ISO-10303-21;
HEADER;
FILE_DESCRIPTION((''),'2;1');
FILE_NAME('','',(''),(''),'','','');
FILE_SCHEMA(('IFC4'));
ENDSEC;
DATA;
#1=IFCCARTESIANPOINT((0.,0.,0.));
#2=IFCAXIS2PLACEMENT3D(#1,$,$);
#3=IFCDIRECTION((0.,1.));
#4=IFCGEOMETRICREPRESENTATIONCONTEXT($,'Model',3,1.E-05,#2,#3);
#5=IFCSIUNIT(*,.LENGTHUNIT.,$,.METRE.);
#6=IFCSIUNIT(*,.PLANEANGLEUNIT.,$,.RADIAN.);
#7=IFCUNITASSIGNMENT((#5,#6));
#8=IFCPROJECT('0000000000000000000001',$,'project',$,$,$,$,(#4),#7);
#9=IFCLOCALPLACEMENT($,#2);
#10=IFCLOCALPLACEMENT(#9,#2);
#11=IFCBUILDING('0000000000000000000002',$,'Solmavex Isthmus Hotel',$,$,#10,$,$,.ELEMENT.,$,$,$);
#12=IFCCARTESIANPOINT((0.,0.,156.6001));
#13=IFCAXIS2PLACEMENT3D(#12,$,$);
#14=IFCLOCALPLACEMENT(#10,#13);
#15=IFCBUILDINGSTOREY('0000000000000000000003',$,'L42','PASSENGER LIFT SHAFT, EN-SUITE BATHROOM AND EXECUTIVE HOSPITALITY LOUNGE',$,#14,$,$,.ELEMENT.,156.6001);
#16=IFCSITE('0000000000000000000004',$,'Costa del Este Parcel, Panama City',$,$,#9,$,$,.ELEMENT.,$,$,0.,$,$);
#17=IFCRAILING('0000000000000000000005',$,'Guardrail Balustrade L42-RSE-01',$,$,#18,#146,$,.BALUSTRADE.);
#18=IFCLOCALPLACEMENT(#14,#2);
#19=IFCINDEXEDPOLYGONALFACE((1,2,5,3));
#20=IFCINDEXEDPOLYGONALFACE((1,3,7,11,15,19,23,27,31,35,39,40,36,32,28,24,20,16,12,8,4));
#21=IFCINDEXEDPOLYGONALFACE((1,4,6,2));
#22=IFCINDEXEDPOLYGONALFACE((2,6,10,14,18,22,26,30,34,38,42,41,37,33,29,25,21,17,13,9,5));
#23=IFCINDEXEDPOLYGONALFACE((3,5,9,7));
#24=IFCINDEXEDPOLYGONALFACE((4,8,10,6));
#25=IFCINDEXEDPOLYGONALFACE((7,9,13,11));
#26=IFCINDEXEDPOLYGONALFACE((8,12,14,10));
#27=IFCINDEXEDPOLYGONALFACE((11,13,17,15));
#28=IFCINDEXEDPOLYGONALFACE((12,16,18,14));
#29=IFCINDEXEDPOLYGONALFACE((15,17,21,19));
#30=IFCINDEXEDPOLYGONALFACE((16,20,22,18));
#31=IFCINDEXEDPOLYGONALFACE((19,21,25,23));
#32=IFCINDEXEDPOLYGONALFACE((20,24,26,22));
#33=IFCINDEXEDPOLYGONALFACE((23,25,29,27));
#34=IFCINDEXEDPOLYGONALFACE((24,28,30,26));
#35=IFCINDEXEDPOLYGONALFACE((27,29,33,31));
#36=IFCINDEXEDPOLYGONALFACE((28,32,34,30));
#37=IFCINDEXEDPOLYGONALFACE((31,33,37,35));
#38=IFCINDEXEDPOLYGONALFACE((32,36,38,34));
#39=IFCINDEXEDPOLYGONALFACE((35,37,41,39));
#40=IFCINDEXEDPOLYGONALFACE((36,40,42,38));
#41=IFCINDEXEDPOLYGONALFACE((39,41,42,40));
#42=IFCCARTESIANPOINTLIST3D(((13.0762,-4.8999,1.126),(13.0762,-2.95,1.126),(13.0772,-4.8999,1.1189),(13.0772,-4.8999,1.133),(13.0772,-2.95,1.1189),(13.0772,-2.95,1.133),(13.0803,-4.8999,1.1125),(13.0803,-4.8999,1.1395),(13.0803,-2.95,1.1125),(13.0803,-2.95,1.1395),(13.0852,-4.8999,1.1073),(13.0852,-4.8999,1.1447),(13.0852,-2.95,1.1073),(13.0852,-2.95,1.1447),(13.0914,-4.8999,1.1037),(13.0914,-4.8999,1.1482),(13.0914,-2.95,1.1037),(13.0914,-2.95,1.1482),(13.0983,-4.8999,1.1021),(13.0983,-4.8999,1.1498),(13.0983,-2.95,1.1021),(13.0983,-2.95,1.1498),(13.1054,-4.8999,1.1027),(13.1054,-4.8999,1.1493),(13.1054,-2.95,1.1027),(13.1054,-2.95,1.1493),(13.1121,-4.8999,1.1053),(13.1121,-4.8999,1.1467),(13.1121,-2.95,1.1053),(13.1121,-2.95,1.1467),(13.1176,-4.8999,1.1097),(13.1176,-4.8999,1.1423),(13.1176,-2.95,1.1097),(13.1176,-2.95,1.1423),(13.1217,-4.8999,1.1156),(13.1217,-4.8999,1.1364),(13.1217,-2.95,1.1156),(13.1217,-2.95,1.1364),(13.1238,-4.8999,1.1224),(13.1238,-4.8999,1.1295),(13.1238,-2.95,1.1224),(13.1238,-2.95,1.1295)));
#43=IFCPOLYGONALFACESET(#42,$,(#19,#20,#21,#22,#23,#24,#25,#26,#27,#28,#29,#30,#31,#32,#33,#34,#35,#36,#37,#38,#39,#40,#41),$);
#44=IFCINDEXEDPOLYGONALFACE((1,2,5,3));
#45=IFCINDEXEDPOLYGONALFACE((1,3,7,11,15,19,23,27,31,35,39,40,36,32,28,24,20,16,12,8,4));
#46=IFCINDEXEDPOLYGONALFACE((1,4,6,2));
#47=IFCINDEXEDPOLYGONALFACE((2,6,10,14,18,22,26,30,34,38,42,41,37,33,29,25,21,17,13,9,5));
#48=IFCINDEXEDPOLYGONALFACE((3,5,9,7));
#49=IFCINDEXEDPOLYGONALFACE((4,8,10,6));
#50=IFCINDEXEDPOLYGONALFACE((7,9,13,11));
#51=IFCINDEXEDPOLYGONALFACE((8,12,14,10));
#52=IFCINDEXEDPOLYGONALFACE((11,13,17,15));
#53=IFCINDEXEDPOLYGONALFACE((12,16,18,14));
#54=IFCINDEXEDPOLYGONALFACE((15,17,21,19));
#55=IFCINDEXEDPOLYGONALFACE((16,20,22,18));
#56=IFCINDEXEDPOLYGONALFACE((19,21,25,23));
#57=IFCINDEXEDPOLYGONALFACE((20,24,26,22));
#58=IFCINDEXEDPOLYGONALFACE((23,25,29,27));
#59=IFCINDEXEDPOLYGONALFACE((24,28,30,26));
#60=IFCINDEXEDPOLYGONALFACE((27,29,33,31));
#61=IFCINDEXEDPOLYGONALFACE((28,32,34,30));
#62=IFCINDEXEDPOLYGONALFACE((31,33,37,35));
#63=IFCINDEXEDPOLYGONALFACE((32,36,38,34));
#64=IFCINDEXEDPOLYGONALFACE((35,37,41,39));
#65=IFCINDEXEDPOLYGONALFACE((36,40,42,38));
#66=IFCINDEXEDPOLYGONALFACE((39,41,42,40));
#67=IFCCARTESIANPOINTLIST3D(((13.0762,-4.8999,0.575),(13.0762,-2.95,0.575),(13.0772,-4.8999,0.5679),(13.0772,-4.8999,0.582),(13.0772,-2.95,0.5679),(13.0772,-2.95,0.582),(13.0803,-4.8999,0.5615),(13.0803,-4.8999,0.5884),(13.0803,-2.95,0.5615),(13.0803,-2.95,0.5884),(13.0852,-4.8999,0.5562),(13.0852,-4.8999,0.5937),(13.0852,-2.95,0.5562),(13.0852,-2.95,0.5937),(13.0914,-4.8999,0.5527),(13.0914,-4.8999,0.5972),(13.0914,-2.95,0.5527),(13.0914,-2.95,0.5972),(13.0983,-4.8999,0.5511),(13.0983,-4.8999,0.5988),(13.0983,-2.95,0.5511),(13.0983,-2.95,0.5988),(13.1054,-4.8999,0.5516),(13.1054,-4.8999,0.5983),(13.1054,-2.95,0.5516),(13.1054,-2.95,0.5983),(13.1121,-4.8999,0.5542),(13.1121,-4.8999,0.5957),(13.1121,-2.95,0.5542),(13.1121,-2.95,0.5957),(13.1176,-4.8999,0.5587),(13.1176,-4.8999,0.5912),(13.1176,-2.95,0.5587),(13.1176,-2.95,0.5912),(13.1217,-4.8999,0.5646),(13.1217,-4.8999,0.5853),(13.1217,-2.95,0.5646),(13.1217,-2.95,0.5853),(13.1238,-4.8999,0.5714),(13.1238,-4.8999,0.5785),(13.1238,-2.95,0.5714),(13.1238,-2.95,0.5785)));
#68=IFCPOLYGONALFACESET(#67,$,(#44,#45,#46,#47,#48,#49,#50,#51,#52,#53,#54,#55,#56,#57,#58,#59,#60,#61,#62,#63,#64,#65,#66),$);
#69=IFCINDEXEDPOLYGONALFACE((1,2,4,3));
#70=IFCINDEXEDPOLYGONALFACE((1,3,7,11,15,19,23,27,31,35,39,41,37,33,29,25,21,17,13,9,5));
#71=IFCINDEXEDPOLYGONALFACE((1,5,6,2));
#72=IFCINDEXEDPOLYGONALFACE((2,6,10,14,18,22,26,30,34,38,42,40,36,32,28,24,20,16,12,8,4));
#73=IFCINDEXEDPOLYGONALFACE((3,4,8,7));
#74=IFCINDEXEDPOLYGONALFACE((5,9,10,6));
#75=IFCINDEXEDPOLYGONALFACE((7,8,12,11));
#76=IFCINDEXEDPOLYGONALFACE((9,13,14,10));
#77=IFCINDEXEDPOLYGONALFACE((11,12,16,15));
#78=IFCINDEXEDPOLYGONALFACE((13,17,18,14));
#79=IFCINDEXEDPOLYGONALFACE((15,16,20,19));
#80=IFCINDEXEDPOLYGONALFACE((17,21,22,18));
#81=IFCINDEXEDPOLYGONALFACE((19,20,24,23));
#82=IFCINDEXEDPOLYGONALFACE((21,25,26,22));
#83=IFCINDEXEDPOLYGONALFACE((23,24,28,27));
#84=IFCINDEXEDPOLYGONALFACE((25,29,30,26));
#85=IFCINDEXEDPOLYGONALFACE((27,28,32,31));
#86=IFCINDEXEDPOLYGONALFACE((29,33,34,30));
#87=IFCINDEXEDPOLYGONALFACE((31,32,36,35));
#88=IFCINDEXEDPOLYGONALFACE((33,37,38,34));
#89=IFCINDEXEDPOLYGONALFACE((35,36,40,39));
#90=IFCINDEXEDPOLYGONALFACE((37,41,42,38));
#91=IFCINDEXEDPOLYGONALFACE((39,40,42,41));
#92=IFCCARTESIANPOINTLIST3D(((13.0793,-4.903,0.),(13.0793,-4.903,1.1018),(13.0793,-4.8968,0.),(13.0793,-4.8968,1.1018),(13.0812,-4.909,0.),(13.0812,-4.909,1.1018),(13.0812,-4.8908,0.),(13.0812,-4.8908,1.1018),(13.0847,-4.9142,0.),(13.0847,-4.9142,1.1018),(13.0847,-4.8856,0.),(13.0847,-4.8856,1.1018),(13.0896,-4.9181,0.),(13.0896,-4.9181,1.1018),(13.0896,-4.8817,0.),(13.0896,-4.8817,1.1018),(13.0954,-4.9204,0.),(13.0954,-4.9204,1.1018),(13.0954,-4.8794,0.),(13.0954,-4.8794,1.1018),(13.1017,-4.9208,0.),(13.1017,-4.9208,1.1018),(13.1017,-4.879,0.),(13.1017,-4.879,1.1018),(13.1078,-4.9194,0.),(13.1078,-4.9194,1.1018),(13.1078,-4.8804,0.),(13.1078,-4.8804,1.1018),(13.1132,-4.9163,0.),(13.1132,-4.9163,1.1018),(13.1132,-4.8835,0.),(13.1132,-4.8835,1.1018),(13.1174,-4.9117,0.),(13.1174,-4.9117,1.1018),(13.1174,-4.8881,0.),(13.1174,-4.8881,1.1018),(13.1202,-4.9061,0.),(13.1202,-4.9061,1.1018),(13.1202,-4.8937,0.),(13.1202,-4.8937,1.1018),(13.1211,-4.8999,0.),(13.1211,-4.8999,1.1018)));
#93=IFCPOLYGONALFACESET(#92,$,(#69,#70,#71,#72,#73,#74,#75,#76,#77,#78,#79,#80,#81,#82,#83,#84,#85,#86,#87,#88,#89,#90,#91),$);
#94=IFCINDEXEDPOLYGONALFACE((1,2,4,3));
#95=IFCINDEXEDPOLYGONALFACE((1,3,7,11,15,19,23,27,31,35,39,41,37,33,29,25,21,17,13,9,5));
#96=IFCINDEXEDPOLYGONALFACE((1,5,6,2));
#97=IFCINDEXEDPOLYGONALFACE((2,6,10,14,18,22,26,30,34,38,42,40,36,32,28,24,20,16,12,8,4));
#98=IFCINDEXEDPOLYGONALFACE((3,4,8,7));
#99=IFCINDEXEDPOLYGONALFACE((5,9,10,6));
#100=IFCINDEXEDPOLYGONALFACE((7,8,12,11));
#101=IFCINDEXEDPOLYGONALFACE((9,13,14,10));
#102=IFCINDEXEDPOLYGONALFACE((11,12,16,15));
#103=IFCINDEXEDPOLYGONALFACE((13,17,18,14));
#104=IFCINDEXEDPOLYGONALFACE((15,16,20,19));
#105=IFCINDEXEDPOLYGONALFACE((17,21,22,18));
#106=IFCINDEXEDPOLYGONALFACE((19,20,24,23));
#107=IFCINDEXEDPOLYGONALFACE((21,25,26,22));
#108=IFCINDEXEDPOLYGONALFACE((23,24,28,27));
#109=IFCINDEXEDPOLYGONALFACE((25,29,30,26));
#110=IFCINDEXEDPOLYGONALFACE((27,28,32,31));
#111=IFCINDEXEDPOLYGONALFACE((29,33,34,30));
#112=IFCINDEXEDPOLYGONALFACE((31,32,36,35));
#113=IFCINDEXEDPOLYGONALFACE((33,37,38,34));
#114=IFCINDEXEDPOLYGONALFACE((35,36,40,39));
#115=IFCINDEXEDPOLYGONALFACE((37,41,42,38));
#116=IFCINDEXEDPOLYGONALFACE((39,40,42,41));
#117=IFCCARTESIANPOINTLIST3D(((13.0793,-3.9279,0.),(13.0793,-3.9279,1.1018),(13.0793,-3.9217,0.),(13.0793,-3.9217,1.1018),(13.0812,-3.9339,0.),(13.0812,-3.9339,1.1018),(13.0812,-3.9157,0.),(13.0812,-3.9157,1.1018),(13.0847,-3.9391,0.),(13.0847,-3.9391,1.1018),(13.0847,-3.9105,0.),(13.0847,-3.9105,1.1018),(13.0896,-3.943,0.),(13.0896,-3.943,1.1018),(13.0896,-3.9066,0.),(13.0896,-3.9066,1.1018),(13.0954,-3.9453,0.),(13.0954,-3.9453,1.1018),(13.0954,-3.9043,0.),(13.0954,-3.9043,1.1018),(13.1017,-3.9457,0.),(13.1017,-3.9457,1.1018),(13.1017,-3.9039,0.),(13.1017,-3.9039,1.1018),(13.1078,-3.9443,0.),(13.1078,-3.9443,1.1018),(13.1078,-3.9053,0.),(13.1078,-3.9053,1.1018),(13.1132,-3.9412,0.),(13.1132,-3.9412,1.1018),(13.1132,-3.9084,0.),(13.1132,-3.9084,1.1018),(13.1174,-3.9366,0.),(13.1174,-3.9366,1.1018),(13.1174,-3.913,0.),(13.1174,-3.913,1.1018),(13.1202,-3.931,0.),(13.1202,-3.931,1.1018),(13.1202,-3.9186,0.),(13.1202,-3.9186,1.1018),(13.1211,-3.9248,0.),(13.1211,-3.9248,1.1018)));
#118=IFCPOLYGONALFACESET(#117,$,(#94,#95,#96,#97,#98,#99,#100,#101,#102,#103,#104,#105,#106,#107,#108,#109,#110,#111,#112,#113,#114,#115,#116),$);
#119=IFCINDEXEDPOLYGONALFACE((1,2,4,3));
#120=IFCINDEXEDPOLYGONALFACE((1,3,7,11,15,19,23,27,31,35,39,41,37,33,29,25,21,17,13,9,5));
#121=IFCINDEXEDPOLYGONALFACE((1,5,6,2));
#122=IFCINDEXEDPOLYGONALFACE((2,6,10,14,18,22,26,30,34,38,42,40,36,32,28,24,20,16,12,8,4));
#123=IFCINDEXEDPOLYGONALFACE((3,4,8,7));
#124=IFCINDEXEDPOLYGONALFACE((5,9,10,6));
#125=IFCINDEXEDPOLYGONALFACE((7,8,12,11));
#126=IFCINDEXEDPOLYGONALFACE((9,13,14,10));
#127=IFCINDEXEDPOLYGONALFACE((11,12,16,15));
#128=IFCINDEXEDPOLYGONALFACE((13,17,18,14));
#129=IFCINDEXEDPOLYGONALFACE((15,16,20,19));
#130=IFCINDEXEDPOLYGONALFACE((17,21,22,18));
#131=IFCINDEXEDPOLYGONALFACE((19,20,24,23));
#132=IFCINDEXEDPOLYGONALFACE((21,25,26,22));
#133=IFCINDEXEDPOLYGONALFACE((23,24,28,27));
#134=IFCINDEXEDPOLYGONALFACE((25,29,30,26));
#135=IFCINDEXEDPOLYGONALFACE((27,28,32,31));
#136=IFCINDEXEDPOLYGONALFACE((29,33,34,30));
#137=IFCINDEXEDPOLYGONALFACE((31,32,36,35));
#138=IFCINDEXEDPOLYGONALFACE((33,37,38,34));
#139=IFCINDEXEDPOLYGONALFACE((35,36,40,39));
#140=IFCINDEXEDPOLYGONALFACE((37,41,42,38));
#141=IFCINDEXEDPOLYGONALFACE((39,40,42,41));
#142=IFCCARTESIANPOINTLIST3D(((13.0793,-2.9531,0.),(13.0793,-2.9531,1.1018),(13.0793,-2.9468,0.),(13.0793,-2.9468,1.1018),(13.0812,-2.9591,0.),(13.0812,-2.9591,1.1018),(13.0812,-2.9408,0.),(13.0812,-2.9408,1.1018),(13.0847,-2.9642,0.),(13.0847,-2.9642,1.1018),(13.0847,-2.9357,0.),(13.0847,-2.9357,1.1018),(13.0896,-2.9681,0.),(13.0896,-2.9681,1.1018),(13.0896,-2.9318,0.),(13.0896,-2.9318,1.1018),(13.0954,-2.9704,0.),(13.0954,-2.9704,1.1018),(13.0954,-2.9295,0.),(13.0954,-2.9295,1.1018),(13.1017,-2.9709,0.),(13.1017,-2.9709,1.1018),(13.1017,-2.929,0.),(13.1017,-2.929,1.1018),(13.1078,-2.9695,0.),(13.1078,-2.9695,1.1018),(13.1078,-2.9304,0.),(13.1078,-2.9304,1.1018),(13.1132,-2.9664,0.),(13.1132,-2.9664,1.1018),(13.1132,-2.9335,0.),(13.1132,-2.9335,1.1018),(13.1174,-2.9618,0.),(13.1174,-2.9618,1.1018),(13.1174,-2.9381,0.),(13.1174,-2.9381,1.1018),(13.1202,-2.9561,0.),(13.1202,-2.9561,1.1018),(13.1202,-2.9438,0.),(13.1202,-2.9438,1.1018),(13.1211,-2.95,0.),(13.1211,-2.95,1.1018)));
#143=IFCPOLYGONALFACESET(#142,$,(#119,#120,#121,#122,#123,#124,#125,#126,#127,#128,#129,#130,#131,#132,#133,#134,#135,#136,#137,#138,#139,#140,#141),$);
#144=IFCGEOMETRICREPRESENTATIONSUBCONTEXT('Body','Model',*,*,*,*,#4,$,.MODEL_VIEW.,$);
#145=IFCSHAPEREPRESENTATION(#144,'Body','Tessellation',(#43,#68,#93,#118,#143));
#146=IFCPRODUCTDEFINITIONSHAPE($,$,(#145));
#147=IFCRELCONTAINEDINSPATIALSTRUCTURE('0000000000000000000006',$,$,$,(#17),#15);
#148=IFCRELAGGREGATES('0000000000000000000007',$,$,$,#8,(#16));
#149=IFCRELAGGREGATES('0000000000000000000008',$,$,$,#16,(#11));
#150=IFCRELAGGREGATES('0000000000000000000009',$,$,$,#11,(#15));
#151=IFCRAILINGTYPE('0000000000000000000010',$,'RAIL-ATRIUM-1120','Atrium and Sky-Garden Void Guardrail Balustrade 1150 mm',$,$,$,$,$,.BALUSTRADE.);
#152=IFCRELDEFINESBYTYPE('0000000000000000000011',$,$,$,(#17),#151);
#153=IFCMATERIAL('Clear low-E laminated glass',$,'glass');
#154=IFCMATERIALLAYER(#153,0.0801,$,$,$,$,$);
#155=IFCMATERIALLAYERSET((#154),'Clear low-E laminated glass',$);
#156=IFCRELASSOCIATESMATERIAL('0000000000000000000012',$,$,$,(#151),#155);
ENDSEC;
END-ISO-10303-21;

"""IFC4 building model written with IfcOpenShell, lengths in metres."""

from ifc_helpers import new_model, si_unit, direction, frame, origin, origin_2d, place, context, subcontext, project, spatial, circle, extrude, material, layer, layer_set, type_object, element, save


model = new_model("IFC4")

# Units and contexts
model_context = context("Model", 3, precision=1e-05, world=origin(), true_north=direction((0.0, 1.0)))
body_context = subcontext(model_context, "Body", "Model", "MODEL_VIEW")
ifc_project = project(units=[si_unit("LENGTHUNIT", "METRE"), si_unit("PLANEANGLEUNIT", "RADIAN")], contexts=[model_context])

# Site, building, storey
site_placement = place(None, origin())
site = spatial("IfcSite", under=ifc_project, at=site_placement, Name="Costa del Este Parcel, Panama City", CompositionType="ELEMENT", RefElevation=0.0)
building_placement = place(site_placement, origin())
building = spatial("IfcBuilding", under=site, at=building_placement, Name="Solmavex Isthmus Hotel", CompositionType="ELEMENT")
storey_placement = place(building_placement, frame((0.0, 0.0, 156.6001)))
storey = spatial("IfcBuildingStorey", under=building, at=storey_placement, Name="L42", Description="PASSENGER LIFT SHAFT, EN-SUITE BATHROOM AND EXECUTIVE HOSPITALITY LOUNGE", CompositionType="ELEMENT", Elevation=156.6001)

# Railing
ifc_material_1 = material(Name="Clear low-E laminated glass", Category="glass")
ifc_layer_1 = layer(ifc_material_1, 0.0801)
ifc_layer_set_1 = layer_set([ifc_layer_1], Name="Clear low-E laminated glass")
railing_type_1 = type_object("IfcRailingType", Name="RAIL-ATRIUM-1120", Description="Atrium and Sky-Garden Void Guardrail Balustrade 1150 mm", PredefinedType="BALUSTRADE", material=ifc_layer_set_1)
railing_1_placement = place(storey_placement, frame((13.1001, -4.8999, 0.0)))
element("IfcRailing", 1, at=railing_1_placement, inside=storey, type_object=railing_type_1, Name="Guardrail Balustrade L42-RSE-01", PredefinedType="BALUSTRADE", context=body_context, shape_type="SweptSolid", body=[
    extrude(circle(Radius=0.0239, at=origin_2d()), frame((0.0, 0.0, 1.126), z_axis=(0.0, 1.0, 0.0), x_axis=(-1.0, 0.0, 0.0)), (0.0, 0.0, 1.0), 1.95),
    extrude(circle(Radius=0.0239, at=origin_2d()), frame((0.0, 0.0, 0.575), z_axis=(0.0, 1.0, 0.0), x_axis=(-1.0, 0.0, 0.0)), (0.0, 0.0, 1.0), 1.95),
    extrude(circle(Radius=0.021, at=origin_2d()), origin(), (0.0, 0.0, 1.0), 1.1018),
    extrude(circle(Radius=0.021, at=origin_2d()), frame((0.0, 0.9751, 0.0)), (0.0, 0.0, 1.0), 1.1018),
    extrude(circle(Radius=0.021, at=origin_2d()), frame((0.0, 1.95, 0.0)), (0.0, 0.0, 1.0), 1.1018),
])

save(model, "model.ifc")
